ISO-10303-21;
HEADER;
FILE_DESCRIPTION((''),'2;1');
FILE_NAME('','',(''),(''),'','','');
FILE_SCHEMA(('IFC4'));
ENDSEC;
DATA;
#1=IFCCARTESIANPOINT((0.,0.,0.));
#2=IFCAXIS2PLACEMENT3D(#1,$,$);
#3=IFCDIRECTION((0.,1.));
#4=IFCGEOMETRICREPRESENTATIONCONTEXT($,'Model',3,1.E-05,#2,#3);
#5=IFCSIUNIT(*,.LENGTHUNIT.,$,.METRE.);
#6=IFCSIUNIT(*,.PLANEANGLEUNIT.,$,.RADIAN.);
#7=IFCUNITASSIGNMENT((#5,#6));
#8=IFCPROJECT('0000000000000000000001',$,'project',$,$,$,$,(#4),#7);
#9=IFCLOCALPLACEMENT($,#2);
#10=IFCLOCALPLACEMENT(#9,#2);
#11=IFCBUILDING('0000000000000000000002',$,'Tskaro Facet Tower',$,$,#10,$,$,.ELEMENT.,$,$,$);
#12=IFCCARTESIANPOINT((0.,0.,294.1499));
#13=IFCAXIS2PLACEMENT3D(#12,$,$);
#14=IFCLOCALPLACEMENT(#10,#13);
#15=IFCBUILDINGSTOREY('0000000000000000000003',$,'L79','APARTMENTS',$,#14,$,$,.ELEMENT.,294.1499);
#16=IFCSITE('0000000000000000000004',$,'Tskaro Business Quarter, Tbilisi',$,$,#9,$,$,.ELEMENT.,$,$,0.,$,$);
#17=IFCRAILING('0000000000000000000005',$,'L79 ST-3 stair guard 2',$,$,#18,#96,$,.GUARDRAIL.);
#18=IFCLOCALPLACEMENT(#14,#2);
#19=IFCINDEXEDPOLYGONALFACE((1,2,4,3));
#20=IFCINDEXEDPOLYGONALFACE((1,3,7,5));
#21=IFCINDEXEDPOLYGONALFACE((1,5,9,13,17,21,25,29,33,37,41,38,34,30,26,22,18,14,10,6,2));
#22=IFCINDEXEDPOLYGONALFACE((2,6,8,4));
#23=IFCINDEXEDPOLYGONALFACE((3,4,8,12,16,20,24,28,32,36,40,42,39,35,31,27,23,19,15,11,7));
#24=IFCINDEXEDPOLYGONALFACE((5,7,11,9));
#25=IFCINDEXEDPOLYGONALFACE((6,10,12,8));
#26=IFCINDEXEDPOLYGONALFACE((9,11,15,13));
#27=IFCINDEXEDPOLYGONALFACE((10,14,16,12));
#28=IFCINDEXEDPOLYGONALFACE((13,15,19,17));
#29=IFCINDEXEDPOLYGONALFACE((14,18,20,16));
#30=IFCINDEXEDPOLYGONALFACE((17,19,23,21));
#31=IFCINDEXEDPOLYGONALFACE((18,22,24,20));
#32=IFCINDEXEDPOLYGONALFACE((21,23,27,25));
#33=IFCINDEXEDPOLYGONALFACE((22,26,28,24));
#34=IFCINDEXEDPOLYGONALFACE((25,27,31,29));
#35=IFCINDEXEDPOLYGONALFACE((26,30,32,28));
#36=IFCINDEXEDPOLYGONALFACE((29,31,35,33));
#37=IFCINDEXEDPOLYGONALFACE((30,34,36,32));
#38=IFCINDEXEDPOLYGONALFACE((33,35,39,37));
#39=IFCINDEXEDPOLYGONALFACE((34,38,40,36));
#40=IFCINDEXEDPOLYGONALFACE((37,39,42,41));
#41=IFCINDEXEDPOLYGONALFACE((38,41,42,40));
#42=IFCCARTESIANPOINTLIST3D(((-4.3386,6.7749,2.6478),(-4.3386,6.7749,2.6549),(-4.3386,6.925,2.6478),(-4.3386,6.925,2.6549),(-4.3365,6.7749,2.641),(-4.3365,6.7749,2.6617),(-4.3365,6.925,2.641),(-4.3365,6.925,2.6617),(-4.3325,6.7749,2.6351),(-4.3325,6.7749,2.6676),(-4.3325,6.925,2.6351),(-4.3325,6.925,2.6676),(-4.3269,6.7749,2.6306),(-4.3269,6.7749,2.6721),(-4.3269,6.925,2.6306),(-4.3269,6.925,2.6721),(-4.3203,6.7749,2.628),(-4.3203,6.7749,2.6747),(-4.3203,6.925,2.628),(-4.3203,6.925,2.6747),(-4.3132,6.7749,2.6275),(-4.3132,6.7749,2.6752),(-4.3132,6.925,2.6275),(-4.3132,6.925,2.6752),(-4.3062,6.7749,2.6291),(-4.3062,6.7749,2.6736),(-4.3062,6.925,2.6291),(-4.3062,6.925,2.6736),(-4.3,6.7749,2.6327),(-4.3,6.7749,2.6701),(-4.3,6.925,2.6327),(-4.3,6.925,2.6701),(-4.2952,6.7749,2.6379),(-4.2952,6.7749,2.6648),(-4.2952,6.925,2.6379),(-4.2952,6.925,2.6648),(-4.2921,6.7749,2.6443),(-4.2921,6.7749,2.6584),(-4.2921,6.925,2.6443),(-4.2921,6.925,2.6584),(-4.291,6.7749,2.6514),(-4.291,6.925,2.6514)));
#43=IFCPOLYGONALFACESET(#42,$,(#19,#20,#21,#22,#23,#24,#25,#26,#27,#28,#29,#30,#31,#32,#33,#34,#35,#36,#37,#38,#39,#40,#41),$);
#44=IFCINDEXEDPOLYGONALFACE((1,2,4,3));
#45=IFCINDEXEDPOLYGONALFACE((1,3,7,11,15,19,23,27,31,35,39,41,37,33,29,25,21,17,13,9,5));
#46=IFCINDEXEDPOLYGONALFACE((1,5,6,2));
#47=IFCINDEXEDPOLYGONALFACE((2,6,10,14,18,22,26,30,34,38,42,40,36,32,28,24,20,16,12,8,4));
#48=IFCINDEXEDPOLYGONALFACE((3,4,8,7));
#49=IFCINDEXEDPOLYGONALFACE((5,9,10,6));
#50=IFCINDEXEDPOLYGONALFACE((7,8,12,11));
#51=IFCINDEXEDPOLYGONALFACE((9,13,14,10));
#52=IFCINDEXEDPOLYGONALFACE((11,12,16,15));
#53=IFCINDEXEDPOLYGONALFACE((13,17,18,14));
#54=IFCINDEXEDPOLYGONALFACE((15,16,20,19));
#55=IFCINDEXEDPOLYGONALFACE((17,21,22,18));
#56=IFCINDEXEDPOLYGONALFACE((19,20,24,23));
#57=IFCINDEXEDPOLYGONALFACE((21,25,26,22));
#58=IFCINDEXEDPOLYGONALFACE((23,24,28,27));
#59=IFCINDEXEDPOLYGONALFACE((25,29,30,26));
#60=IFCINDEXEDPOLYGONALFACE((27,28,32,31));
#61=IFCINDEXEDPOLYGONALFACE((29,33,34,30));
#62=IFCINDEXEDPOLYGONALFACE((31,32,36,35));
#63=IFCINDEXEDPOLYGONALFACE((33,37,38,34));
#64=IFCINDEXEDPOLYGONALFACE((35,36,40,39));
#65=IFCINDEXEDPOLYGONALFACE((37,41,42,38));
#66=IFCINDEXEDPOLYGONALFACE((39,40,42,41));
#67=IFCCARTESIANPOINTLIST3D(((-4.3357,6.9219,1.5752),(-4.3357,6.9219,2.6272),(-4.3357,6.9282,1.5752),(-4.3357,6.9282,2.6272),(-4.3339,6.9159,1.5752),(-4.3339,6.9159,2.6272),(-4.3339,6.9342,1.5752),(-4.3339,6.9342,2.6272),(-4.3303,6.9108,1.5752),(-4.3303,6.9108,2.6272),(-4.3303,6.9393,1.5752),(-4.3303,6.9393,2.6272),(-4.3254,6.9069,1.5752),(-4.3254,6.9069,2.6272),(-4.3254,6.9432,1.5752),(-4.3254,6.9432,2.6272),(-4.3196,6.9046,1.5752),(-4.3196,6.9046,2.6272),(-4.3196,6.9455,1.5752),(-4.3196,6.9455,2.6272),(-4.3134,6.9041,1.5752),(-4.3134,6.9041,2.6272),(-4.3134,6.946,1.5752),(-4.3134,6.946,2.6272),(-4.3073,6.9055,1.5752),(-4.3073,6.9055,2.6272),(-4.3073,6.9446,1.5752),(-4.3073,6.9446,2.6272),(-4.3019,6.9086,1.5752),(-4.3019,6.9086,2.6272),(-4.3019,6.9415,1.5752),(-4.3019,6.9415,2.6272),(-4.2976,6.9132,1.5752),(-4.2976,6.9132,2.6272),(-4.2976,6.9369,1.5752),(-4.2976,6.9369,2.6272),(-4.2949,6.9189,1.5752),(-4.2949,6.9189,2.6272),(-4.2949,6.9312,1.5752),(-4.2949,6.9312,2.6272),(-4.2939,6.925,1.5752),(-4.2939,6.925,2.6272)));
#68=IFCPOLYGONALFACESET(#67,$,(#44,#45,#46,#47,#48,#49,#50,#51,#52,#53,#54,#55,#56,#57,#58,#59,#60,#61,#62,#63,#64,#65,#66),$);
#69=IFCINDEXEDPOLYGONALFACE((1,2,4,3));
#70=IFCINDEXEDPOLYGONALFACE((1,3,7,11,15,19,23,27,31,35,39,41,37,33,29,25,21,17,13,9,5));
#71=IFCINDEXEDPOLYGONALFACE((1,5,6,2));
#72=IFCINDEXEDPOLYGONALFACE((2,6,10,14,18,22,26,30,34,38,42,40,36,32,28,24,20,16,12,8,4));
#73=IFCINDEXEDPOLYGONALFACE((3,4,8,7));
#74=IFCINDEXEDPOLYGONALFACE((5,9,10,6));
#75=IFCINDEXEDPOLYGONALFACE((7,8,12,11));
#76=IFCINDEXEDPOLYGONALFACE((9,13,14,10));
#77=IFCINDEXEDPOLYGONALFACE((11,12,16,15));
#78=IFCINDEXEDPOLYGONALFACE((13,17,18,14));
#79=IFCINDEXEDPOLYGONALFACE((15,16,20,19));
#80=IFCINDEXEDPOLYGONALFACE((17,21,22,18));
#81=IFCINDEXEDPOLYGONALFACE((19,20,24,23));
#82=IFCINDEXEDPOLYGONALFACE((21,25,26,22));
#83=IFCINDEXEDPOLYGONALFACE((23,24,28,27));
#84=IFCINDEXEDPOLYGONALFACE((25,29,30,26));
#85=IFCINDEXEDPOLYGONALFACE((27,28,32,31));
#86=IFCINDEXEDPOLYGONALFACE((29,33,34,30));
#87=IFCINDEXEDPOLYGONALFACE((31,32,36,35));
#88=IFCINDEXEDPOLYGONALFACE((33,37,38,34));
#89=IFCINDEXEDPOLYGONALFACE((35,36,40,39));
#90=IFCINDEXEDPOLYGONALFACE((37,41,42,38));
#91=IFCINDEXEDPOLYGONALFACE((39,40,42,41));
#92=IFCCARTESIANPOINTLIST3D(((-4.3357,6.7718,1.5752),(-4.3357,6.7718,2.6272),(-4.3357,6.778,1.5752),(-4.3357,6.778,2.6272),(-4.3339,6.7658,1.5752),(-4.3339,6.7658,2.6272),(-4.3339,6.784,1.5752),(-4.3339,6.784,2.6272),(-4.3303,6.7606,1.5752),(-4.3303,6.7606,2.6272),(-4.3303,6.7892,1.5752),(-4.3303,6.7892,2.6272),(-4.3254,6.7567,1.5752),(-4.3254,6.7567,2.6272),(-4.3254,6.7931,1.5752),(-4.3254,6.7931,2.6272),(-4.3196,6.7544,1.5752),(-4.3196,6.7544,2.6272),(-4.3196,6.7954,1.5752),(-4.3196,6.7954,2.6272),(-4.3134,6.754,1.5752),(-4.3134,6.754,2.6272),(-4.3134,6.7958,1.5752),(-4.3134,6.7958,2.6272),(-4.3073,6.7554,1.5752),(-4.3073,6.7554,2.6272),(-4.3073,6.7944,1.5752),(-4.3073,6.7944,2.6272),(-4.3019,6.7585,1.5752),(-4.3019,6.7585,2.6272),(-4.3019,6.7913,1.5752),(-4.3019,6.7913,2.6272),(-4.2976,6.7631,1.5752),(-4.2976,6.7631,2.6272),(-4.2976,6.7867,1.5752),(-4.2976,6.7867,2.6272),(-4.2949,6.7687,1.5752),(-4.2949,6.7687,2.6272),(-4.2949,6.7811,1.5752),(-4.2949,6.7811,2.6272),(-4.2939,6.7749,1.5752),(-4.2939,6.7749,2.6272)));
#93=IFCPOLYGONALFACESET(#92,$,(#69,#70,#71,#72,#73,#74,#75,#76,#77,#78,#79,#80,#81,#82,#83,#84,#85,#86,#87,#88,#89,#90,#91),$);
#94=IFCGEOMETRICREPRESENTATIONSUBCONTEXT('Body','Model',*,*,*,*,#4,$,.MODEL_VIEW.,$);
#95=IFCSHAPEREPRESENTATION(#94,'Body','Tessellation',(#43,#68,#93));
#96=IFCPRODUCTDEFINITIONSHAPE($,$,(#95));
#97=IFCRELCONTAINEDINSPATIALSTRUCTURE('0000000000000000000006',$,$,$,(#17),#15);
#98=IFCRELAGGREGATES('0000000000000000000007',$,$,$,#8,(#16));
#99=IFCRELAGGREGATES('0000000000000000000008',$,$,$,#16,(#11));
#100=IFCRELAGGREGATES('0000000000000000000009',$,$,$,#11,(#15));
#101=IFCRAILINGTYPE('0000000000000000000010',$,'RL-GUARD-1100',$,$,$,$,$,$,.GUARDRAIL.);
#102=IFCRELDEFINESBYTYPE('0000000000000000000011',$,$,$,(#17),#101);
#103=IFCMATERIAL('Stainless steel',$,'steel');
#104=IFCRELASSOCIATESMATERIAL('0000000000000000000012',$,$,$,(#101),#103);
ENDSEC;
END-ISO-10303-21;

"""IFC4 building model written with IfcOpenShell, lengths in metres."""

from ifc_helpers import new_model, si_unit, direction, frame, origin, origin_2d, place, context, subcontext, project, spatial, circle, extrude, material, type_object, element, save


model = new_model("IFC4")

# Units and contexts
model_context = context("Model", 3, precision=1e-05, world=origin(), true_north=direction((0.0, 1.0)))
body_context = subcontext(model_context, "Body", "Model", "MODEL_VIEW")
ifc_project = project(units=[si_unit("LENGTHUNIT", "METRE"), si_unit("PLANEANGLEUNIT", "RADIAN")], contexts=[model_context])

# Site, building, storey
site_placement = place(None, origin())
site = spatial("IfcSite", under=ifc_project, at=site_placement, Name="Tskaro Business Quarter, Tbilisi", CompositionType="ELEMENT", RefElevation=0.0)
building_placement = place(site_placement, origin())
building = spatial("IfcBuilding", under=site, at=building_placement, Name="Tskaro Facet Tower", CompositionType="ELEMENT")
storey_placement = place(building_placement, frame((0.0, 0.0, 294.1499)))
storey = spatial("IfcBuildingStorey", under=building, at=storey_placement, Name="L79", Description="APARTMENTS", CompositionType="ELEMENT", Elevation=294.1499)

# Railing
ifc_material_1 = material(Name="Stainless steel", Category="steel")
railing_type_1 = type_object("IfcRailingType", Name="RL-GUARD-1100", PredefinedType="GUARDRAIL", material=ifc_material_1)
railing_1_placement = place(storey_placement, frame((-4.3149, 6.925, 1.5752)))
element("IfcRailing", 1, at=railing_1_placement, inside=storey, type_object=railing_type_1, Name="L79 ST-3 stair guard 2", PredefinedType="GUARDRAIL", context=body_context, shape_type="SweptSolid", body=[
    extrude(circle(Radius=0.0239, at=origin_2d()), frame((0.0, 0.0, 1.0762), z_axis=(0.0, -1.0, 0.0), x_axis=(1.0, 0.0, 0.0)), (0.0, 0.0, 1.0), 0.1501),
    extrude(circle(Radius=0.021, at=origin_2d()), origin(), (0.0, 0.0, 1.0), 1.052),
    extrude(circle(Radius=0.021, at=origin_2d()), frame((0.0, -0.1501, 0.0)), (0.0, 0.0, 1.0), 1.052),
])

save(model, "model.ifc")
